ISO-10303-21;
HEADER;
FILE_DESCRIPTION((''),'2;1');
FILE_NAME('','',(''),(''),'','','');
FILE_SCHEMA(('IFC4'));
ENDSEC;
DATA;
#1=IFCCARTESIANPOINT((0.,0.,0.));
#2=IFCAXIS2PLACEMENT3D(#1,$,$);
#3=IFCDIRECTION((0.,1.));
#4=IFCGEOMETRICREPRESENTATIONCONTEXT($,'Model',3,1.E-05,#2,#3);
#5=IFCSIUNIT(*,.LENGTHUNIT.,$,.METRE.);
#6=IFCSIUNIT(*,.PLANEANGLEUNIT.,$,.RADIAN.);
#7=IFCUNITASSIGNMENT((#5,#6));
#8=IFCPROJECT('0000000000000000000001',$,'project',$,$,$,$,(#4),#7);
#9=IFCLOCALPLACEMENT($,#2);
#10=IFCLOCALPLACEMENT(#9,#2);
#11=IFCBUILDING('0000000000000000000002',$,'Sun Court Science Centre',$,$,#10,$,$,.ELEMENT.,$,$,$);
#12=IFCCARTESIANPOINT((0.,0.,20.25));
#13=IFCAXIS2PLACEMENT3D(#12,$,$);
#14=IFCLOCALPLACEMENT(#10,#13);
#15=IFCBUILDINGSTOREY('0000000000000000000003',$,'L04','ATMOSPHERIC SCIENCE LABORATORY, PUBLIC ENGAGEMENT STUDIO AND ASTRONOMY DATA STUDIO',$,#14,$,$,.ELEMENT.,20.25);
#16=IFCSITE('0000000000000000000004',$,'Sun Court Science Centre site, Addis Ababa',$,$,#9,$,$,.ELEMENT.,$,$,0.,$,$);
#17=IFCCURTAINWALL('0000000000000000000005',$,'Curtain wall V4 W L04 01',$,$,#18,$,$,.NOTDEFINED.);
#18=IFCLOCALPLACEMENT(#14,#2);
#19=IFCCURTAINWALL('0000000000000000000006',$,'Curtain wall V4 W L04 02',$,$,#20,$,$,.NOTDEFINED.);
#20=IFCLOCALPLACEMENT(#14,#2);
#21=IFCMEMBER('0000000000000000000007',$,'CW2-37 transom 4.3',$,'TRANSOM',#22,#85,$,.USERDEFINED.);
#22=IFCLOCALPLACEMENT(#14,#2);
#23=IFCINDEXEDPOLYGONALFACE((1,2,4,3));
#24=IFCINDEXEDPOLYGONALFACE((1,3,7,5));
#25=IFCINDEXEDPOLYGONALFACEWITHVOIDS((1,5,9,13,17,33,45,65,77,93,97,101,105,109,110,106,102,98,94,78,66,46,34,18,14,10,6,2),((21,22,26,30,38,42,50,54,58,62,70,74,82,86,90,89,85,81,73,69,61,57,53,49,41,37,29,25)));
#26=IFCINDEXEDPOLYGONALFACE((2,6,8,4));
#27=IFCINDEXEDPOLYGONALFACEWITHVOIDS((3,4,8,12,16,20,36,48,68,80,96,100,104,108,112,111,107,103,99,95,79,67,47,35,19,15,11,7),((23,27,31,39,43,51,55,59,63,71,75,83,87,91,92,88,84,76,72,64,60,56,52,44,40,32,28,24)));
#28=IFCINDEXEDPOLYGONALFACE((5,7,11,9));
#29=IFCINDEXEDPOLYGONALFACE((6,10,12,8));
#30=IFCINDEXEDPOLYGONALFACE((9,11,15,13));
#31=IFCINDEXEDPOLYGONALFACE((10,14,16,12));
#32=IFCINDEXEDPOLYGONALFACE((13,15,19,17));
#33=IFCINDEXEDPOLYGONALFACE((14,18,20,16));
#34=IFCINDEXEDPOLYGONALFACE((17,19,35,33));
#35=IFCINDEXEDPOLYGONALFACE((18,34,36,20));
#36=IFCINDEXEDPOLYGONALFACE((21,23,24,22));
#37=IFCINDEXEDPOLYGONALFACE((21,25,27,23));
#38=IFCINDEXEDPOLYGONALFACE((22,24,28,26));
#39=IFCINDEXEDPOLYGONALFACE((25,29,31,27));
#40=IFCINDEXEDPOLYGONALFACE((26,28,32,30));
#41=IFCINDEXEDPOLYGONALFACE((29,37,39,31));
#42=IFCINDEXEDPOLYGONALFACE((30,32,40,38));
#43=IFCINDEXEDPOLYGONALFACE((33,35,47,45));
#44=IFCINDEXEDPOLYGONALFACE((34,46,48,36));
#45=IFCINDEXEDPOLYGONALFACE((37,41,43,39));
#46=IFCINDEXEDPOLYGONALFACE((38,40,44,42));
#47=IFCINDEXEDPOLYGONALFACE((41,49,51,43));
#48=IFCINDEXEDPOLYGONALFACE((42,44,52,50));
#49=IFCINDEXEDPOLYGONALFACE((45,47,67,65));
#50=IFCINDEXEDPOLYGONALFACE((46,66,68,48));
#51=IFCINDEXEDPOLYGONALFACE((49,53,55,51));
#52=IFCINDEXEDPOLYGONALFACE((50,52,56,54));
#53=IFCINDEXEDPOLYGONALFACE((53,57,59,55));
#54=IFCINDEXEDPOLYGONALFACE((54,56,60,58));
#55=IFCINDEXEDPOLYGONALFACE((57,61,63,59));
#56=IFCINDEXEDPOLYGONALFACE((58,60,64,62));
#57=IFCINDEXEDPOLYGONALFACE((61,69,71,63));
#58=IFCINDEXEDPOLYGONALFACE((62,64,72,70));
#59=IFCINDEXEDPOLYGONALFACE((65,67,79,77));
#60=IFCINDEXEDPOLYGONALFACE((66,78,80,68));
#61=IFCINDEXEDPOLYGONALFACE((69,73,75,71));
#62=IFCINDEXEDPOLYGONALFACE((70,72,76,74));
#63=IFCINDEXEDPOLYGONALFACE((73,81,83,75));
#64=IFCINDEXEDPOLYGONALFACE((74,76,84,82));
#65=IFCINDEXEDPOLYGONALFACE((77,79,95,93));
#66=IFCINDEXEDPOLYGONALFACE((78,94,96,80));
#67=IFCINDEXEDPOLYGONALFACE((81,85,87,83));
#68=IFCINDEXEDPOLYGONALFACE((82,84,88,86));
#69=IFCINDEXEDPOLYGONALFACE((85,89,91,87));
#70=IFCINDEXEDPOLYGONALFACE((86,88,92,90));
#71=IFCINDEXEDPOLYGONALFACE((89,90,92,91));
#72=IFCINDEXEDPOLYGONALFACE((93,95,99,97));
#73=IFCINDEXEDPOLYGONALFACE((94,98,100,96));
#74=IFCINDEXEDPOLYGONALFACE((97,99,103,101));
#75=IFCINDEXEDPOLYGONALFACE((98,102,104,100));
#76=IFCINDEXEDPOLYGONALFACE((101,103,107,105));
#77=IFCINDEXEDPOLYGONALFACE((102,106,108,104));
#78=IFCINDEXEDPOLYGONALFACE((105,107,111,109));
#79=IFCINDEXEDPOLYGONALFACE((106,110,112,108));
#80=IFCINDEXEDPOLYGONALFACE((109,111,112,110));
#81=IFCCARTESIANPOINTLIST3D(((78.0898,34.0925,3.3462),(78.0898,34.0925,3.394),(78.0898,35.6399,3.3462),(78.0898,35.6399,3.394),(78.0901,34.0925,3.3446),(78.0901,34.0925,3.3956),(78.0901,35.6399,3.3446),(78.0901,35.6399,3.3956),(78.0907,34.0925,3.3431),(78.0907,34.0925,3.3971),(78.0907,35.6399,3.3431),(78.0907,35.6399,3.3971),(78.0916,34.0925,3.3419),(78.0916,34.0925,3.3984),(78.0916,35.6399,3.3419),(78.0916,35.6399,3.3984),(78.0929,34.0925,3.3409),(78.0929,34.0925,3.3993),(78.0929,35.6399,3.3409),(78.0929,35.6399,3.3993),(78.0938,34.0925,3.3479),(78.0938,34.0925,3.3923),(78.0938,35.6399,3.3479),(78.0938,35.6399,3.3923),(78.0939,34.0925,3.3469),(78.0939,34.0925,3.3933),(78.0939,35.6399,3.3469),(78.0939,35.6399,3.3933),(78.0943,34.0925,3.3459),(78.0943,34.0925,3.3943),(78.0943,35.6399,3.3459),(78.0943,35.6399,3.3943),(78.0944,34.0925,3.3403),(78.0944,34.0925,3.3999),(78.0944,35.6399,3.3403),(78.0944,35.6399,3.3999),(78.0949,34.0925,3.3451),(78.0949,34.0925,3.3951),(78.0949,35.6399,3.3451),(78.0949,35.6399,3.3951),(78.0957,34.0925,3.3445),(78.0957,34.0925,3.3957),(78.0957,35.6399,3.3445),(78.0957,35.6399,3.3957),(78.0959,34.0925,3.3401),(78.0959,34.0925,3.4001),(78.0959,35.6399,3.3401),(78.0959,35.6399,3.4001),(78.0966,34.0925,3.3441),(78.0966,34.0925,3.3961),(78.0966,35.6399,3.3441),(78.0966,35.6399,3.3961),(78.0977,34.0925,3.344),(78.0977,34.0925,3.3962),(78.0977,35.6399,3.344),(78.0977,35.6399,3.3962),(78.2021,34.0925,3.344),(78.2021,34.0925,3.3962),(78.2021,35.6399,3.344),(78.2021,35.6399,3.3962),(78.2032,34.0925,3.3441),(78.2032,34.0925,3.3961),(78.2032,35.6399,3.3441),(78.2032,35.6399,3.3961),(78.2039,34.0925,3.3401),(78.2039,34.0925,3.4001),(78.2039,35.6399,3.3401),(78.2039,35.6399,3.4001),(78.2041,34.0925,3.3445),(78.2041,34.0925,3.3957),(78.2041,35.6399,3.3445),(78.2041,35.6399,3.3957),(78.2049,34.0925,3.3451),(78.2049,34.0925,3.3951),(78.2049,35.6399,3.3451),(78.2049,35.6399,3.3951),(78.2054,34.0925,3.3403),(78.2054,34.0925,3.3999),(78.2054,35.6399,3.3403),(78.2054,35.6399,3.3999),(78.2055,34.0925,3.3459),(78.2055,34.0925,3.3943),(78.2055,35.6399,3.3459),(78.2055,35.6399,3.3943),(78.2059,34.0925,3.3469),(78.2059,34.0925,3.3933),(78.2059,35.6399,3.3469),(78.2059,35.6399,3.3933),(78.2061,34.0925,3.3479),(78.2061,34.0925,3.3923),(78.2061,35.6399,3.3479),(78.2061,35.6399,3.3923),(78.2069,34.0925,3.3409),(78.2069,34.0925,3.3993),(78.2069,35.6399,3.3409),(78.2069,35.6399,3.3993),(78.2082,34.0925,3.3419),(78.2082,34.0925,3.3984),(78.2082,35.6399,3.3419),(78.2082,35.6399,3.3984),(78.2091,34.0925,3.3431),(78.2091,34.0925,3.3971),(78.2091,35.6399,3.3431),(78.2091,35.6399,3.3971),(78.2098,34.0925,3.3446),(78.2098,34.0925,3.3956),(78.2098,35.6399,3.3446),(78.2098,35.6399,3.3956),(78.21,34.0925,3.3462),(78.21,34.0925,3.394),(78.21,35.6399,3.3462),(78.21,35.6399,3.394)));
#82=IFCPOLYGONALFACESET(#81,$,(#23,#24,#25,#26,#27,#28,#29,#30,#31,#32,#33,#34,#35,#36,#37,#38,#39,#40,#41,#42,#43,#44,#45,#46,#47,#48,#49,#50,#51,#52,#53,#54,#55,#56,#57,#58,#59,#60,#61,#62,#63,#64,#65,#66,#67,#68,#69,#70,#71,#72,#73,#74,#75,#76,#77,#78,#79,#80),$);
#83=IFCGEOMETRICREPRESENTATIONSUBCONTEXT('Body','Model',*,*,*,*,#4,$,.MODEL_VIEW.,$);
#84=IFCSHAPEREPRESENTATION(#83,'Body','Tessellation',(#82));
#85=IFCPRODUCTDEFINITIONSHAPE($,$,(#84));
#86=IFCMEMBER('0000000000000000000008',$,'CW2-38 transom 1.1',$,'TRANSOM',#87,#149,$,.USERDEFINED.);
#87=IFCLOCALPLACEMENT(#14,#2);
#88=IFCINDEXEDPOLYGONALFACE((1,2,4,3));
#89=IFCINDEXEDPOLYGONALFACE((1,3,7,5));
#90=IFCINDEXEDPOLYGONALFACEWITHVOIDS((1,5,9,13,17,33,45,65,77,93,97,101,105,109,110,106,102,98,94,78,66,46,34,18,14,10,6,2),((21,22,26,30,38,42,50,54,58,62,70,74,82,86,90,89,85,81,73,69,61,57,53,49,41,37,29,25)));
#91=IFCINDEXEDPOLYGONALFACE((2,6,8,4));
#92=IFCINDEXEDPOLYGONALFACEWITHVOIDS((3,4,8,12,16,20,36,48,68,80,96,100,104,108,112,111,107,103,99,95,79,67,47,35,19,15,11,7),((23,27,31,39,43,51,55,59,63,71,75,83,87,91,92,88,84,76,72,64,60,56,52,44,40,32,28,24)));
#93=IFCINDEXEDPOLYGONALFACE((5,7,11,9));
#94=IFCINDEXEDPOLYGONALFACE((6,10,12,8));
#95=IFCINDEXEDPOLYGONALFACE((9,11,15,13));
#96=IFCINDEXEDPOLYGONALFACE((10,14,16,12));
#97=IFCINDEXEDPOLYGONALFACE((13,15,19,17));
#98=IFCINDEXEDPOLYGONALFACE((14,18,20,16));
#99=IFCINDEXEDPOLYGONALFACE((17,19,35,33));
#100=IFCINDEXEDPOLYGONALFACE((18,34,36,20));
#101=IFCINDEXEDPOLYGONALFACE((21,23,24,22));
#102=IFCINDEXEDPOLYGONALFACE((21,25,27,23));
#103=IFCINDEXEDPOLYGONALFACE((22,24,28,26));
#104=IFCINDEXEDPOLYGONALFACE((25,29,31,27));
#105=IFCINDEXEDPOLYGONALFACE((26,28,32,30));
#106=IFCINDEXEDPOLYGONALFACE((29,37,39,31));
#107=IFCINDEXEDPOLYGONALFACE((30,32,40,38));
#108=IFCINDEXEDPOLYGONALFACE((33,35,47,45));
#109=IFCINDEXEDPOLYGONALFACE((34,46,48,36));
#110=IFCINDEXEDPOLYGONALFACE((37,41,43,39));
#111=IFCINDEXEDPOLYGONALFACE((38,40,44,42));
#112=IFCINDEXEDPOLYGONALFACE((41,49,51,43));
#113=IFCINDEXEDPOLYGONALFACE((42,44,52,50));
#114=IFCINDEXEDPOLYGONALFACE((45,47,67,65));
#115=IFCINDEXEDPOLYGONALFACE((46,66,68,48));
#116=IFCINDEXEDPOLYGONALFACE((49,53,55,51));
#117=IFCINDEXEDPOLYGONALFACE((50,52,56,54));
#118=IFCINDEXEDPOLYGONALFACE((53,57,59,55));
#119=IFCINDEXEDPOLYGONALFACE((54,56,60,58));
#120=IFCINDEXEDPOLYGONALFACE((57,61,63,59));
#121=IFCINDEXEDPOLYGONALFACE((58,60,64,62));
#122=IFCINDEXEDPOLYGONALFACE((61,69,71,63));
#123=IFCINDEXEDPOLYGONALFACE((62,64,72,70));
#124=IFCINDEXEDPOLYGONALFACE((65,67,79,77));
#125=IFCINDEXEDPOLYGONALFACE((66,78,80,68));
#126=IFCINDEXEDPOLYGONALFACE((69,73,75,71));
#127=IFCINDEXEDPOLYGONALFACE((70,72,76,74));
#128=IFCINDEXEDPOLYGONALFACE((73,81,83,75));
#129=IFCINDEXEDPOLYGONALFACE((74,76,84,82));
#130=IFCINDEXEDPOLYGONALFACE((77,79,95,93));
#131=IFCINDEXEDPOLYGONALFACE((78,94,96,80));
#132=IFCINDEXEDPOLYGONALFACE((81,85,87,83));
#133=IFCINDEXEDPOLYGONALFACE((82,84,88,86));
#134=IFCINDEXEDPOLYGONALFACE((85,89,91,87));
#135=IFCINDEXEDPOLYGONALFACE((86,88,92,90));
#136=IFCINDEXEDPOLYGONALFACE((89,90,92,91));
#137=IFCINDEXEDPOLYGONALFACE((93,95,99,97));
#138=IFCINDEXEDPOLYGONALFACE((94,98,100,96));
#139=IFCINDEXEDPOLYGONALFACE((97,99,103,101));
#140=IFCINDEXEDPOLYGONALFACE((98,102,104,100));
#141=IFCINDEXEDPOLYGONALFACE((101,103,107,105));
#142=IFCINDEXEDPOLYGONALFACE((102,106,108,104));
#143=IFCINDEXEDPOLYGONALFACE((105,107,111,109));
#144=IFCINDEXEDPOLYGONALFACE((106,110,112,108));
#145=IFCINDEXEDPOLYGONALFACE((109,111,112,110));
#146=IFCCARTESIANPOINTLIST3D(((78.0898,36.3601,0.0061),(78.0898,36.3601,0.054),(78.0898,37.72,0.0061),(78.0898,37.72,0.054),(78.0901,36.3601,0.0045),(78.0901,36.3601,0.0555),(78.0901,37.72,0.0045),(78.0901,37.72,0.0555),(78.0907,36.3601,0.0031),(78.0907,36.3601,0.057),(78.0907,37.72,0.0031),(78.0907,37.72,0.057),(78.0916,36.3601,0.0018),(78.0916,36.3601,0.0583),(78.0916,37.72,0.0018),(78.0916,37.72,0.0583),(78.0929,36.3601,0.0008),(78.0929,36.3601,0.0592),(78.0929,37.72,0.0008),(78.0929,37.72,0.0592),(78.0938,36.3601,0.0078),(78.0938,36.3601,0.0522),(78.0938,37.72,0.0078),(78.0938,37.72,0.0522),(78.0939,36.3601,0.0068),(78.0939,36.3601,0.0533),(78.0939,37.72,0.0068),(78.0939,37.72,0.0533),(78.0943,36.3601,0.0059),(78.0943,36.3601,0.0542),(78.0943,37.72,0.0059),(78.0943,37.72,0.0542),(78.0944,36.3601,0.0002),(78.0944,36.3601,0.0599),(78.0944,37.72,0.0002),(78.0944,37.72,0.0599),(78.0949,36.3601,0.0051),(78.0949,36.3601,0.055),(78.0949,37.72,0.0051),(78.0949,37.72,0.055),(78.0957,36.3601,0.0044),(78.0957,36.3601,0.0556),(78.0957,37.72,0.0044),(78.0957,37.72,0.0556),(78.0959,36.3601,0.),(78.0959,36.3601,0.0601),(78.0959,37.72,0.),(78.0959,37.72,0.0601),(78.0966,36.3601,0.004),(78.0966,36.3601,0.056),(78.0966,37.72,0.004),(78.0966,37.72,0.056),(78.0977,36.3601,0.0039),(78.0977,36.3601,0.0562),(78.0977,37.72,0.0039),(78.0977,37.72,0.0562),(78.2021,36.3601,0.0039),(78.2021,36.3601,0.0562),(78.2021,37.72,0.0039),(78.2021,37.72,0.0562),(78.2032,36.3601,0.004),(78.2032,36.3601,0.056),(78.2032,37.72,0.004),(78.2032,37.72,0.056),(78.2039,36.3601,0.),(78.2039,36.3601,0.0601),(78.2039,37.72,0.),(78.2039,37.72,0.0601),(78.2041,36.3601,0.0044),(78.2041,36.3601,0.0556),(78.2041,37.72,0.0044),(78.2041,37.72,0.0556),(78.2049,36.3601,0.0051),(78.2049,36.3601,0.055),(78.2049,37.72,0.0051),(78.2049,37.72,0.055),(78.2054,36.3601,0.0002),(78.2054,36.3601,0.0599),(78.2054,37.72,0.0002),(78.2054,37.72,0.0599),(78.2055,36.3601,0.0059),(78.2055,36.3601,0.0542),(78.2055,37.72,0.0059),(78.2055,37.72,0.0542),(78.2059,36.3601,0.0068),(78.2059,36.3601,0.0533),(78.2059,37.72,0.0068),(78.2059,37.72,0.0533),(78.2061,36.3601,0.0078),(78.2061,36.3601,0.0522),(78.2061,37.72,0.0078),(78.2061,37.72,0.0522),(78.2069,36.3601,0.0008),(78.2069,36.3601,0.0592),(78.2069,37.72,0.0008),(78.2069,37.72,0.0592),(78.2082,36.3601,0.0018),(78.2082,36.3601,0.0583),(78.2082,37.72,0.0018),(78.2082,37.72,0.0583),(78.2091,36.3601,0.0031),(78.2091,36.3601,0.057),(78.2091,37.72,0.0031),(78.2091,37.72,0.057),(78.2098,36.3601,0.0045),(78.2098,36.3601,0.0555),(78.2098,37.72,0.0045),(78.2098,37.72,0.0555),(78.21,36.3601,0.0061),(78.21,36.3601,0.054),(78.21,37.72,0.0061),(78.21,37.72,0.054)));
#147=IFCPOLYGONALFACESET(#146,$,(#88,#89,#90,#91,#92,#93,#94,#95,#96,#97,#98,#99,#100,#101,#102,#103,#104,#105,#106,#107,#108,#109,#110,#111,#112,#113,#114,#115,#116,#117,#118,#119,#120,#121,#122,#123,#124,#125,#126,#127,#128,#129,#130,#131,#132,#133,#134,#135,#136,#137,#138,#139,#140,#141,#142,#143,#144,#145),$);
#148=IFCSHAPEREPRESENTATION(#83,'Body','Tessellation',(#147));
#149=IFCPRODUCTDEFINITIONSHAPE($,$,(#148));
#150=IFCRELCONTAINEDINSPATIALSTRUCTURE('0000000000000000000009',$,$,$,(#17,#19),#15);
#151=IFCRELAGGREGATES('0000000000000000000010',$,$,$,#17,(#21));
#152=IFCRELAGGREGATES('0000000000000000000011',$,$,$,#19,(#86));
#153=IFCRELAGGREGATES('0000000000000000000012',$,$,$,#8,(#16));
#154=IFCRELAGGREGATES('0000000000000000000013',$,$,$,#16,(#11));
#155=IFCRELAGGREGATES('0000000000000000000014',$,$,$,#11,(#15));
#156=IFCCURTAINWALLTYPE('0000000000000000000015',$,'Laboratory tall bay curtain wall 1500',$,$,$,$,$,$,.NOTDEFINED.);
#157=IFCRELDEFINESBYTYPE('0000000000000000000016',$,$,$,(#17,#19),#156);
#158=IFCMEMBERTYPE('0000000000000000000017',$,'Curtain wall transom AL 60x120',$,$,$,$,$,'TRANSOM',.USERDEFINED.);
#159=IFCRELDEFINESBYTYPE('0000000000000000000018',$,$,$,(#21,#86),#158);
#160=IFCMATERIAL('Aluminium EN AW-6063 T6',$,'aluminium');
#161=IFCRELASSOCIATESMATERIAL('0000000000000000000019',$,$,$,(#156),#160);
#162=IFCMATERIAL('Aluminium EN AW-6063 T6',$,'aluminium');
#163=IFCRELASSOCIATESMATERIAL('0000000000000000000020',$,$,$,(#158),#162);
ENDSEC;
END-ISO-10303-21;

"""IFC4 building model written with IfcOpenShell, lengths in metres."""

from ifc_helpers import new_model, si_unit, direction, frame, origin, origin_2d, place, context, subcontext, project, spatial, hollow_rectangle, extrude, material, material_profile, profile_set, type_object, element, aggregate, save


model = new_model("IFC4")

# Units and contexts
model_context = context("Model", 3, precision=1e-05, world=origin(), true_north=direction((0.0, 1.0)))
body_context = subcontext(model_context, "Body", "Model", "MODEL_VIEW")
ifc_project = project(units=[si_unit("LENGTHUNIT", "METRE"), si_unit("PLANEANGLEUNIT", "RADIAN")], contexts=[model_context])

# Site, building, storey
site_placement = place(None, origin())
site = spatial("IfcSite", under=ifc_project, at=site_placement, Name="Sun Court Science Centre site, Addis Ababa", CompositionType="ELEMENT", RefElevation=0.0)
building_placement = place(site_placement, origin())
building = spatial("IfcBuilding", under=site, at=building_placement, Name="Sun Court Science Centre", CompositionType="ELEMENT")
storey_placement = place(building_placement, frame((0.0, 0.0, 20.25)))
storey = spatial("IfcBuildingStorey", under=building, at=storey_placement, Name="L04", Description="ATMOSPHERIC SCIENCE LABORATORY, PUBLIC ENGAGEMENT STUDIO AND ASTRONOMY DATA STUDIO", CompositionType="ELEMENT", Elevation=20.25)

# Curtain wall
ifc_material_1 = material(Name="Aluminium EN AW-6063 T6", Category="aluminium")
curtain_wall_type = type_object("IfcCurtainWallType", Name="Laboratory tall bay curtain wall 1500", PredefinedType="NOTDEFINED", material=ifc_material_1)
curtain_wall_1_placement = place(storey_placement, origin())
curtain_wall_1 = element("IfcCurtainWall", 1, at=curtain_wall_1_placement, inside=storey, type_object=curtain_wall_type, Name="Curtain wall V4 W L04 01", PredefinedType="NOTDEFINED")

# Curtain wall
curtain_wall_2_placement = place(storey_placement, origin())
curtain_wall_2 = element("IfcCurtainWall", 2, at=curtain_wall_2_placement, inside=storey, type_object=curtain_wall_type, Name="Curtain wall V4 W L04 02", PredefinedType="NOTDEFINED")

# Members
ifc_material_2 = material(Name="Aluminium EN AW-6063 T6", Category="aluminium")
ifc_material_profile_1 = material_profile(ifc_material_2, hollow_rectangle(XDim=0.0601, YDim=0.1201, WallThickness=0.0039, InnerFilletRadius=0.0039, OuterFilletRadius=0.0061, at=origin_2d()), Name="AL 60x120x4")
ifc_profile_set_1 = profile_set([ifc_material_profile_1], Name="Aluminium EN AW-6063 T6")
member_type_1 = type_object("IfcMemberType", Name="Curtain wall transom AL 60x120", ElementType="TRANSOM", PredefinedType="USERDEFINED", material=ifc_profile_set_1)
member_1_placement = place(storey_placement, frame((78.1499, 34.0925, 3.3701), z_axis=(0.0, 1.0, 0.0), x_axis=(0.0, 0.0, 1.0)))
member_1 = element("IfcMember", 3, at=member_1_placement, type_object=member_type_1, Name="CW2-37 transom 4.3", ObjectType="TRANSOM", PredefinedType="USERDEFINED", context=body_context, shape_type="SweptSolid", body=[
    extrude(hollow_rectangle(XDim=0.0601, YDim=0.1201, WallThickness=0.0039, InnerFilletRadius=0.0039, OuterFilletRadius=0.0061, at=origin_2d()), origin(), (0.0, 0.0, 1.0), 1.5474),
])
member_2_placement = place(storey_placement, frame((78.1499, 36.3601, 0.03), z_axis=(0.0, 1.0, 0.0), x_axis=(0.0, 0.0, 1.0)))
member_2 = element("IfcMember", 4, at=member_2_placement, type_object=member_type_1, Name="CW2-38 transom 1.1", ObjectType="TRANSOM", PredefinedType="USERDEFINED", context=body_context, shape_type="SweptSolid", body=[
    extrude(hollow_rectangle(XDim=0.0601, YDim=0.1201, WallThickness=0.0039, InnerFilletRadius=0.0039, OuterFilletRadius=0.0061, at=origin_2d()), origin(), (0.0, 0.0, 1.0), 1.3599),
])

aggregate(curtain_wall_1, [member_1])
aggregate(curtain_wall_2, [member_2])

save(model, "model.ifc")
